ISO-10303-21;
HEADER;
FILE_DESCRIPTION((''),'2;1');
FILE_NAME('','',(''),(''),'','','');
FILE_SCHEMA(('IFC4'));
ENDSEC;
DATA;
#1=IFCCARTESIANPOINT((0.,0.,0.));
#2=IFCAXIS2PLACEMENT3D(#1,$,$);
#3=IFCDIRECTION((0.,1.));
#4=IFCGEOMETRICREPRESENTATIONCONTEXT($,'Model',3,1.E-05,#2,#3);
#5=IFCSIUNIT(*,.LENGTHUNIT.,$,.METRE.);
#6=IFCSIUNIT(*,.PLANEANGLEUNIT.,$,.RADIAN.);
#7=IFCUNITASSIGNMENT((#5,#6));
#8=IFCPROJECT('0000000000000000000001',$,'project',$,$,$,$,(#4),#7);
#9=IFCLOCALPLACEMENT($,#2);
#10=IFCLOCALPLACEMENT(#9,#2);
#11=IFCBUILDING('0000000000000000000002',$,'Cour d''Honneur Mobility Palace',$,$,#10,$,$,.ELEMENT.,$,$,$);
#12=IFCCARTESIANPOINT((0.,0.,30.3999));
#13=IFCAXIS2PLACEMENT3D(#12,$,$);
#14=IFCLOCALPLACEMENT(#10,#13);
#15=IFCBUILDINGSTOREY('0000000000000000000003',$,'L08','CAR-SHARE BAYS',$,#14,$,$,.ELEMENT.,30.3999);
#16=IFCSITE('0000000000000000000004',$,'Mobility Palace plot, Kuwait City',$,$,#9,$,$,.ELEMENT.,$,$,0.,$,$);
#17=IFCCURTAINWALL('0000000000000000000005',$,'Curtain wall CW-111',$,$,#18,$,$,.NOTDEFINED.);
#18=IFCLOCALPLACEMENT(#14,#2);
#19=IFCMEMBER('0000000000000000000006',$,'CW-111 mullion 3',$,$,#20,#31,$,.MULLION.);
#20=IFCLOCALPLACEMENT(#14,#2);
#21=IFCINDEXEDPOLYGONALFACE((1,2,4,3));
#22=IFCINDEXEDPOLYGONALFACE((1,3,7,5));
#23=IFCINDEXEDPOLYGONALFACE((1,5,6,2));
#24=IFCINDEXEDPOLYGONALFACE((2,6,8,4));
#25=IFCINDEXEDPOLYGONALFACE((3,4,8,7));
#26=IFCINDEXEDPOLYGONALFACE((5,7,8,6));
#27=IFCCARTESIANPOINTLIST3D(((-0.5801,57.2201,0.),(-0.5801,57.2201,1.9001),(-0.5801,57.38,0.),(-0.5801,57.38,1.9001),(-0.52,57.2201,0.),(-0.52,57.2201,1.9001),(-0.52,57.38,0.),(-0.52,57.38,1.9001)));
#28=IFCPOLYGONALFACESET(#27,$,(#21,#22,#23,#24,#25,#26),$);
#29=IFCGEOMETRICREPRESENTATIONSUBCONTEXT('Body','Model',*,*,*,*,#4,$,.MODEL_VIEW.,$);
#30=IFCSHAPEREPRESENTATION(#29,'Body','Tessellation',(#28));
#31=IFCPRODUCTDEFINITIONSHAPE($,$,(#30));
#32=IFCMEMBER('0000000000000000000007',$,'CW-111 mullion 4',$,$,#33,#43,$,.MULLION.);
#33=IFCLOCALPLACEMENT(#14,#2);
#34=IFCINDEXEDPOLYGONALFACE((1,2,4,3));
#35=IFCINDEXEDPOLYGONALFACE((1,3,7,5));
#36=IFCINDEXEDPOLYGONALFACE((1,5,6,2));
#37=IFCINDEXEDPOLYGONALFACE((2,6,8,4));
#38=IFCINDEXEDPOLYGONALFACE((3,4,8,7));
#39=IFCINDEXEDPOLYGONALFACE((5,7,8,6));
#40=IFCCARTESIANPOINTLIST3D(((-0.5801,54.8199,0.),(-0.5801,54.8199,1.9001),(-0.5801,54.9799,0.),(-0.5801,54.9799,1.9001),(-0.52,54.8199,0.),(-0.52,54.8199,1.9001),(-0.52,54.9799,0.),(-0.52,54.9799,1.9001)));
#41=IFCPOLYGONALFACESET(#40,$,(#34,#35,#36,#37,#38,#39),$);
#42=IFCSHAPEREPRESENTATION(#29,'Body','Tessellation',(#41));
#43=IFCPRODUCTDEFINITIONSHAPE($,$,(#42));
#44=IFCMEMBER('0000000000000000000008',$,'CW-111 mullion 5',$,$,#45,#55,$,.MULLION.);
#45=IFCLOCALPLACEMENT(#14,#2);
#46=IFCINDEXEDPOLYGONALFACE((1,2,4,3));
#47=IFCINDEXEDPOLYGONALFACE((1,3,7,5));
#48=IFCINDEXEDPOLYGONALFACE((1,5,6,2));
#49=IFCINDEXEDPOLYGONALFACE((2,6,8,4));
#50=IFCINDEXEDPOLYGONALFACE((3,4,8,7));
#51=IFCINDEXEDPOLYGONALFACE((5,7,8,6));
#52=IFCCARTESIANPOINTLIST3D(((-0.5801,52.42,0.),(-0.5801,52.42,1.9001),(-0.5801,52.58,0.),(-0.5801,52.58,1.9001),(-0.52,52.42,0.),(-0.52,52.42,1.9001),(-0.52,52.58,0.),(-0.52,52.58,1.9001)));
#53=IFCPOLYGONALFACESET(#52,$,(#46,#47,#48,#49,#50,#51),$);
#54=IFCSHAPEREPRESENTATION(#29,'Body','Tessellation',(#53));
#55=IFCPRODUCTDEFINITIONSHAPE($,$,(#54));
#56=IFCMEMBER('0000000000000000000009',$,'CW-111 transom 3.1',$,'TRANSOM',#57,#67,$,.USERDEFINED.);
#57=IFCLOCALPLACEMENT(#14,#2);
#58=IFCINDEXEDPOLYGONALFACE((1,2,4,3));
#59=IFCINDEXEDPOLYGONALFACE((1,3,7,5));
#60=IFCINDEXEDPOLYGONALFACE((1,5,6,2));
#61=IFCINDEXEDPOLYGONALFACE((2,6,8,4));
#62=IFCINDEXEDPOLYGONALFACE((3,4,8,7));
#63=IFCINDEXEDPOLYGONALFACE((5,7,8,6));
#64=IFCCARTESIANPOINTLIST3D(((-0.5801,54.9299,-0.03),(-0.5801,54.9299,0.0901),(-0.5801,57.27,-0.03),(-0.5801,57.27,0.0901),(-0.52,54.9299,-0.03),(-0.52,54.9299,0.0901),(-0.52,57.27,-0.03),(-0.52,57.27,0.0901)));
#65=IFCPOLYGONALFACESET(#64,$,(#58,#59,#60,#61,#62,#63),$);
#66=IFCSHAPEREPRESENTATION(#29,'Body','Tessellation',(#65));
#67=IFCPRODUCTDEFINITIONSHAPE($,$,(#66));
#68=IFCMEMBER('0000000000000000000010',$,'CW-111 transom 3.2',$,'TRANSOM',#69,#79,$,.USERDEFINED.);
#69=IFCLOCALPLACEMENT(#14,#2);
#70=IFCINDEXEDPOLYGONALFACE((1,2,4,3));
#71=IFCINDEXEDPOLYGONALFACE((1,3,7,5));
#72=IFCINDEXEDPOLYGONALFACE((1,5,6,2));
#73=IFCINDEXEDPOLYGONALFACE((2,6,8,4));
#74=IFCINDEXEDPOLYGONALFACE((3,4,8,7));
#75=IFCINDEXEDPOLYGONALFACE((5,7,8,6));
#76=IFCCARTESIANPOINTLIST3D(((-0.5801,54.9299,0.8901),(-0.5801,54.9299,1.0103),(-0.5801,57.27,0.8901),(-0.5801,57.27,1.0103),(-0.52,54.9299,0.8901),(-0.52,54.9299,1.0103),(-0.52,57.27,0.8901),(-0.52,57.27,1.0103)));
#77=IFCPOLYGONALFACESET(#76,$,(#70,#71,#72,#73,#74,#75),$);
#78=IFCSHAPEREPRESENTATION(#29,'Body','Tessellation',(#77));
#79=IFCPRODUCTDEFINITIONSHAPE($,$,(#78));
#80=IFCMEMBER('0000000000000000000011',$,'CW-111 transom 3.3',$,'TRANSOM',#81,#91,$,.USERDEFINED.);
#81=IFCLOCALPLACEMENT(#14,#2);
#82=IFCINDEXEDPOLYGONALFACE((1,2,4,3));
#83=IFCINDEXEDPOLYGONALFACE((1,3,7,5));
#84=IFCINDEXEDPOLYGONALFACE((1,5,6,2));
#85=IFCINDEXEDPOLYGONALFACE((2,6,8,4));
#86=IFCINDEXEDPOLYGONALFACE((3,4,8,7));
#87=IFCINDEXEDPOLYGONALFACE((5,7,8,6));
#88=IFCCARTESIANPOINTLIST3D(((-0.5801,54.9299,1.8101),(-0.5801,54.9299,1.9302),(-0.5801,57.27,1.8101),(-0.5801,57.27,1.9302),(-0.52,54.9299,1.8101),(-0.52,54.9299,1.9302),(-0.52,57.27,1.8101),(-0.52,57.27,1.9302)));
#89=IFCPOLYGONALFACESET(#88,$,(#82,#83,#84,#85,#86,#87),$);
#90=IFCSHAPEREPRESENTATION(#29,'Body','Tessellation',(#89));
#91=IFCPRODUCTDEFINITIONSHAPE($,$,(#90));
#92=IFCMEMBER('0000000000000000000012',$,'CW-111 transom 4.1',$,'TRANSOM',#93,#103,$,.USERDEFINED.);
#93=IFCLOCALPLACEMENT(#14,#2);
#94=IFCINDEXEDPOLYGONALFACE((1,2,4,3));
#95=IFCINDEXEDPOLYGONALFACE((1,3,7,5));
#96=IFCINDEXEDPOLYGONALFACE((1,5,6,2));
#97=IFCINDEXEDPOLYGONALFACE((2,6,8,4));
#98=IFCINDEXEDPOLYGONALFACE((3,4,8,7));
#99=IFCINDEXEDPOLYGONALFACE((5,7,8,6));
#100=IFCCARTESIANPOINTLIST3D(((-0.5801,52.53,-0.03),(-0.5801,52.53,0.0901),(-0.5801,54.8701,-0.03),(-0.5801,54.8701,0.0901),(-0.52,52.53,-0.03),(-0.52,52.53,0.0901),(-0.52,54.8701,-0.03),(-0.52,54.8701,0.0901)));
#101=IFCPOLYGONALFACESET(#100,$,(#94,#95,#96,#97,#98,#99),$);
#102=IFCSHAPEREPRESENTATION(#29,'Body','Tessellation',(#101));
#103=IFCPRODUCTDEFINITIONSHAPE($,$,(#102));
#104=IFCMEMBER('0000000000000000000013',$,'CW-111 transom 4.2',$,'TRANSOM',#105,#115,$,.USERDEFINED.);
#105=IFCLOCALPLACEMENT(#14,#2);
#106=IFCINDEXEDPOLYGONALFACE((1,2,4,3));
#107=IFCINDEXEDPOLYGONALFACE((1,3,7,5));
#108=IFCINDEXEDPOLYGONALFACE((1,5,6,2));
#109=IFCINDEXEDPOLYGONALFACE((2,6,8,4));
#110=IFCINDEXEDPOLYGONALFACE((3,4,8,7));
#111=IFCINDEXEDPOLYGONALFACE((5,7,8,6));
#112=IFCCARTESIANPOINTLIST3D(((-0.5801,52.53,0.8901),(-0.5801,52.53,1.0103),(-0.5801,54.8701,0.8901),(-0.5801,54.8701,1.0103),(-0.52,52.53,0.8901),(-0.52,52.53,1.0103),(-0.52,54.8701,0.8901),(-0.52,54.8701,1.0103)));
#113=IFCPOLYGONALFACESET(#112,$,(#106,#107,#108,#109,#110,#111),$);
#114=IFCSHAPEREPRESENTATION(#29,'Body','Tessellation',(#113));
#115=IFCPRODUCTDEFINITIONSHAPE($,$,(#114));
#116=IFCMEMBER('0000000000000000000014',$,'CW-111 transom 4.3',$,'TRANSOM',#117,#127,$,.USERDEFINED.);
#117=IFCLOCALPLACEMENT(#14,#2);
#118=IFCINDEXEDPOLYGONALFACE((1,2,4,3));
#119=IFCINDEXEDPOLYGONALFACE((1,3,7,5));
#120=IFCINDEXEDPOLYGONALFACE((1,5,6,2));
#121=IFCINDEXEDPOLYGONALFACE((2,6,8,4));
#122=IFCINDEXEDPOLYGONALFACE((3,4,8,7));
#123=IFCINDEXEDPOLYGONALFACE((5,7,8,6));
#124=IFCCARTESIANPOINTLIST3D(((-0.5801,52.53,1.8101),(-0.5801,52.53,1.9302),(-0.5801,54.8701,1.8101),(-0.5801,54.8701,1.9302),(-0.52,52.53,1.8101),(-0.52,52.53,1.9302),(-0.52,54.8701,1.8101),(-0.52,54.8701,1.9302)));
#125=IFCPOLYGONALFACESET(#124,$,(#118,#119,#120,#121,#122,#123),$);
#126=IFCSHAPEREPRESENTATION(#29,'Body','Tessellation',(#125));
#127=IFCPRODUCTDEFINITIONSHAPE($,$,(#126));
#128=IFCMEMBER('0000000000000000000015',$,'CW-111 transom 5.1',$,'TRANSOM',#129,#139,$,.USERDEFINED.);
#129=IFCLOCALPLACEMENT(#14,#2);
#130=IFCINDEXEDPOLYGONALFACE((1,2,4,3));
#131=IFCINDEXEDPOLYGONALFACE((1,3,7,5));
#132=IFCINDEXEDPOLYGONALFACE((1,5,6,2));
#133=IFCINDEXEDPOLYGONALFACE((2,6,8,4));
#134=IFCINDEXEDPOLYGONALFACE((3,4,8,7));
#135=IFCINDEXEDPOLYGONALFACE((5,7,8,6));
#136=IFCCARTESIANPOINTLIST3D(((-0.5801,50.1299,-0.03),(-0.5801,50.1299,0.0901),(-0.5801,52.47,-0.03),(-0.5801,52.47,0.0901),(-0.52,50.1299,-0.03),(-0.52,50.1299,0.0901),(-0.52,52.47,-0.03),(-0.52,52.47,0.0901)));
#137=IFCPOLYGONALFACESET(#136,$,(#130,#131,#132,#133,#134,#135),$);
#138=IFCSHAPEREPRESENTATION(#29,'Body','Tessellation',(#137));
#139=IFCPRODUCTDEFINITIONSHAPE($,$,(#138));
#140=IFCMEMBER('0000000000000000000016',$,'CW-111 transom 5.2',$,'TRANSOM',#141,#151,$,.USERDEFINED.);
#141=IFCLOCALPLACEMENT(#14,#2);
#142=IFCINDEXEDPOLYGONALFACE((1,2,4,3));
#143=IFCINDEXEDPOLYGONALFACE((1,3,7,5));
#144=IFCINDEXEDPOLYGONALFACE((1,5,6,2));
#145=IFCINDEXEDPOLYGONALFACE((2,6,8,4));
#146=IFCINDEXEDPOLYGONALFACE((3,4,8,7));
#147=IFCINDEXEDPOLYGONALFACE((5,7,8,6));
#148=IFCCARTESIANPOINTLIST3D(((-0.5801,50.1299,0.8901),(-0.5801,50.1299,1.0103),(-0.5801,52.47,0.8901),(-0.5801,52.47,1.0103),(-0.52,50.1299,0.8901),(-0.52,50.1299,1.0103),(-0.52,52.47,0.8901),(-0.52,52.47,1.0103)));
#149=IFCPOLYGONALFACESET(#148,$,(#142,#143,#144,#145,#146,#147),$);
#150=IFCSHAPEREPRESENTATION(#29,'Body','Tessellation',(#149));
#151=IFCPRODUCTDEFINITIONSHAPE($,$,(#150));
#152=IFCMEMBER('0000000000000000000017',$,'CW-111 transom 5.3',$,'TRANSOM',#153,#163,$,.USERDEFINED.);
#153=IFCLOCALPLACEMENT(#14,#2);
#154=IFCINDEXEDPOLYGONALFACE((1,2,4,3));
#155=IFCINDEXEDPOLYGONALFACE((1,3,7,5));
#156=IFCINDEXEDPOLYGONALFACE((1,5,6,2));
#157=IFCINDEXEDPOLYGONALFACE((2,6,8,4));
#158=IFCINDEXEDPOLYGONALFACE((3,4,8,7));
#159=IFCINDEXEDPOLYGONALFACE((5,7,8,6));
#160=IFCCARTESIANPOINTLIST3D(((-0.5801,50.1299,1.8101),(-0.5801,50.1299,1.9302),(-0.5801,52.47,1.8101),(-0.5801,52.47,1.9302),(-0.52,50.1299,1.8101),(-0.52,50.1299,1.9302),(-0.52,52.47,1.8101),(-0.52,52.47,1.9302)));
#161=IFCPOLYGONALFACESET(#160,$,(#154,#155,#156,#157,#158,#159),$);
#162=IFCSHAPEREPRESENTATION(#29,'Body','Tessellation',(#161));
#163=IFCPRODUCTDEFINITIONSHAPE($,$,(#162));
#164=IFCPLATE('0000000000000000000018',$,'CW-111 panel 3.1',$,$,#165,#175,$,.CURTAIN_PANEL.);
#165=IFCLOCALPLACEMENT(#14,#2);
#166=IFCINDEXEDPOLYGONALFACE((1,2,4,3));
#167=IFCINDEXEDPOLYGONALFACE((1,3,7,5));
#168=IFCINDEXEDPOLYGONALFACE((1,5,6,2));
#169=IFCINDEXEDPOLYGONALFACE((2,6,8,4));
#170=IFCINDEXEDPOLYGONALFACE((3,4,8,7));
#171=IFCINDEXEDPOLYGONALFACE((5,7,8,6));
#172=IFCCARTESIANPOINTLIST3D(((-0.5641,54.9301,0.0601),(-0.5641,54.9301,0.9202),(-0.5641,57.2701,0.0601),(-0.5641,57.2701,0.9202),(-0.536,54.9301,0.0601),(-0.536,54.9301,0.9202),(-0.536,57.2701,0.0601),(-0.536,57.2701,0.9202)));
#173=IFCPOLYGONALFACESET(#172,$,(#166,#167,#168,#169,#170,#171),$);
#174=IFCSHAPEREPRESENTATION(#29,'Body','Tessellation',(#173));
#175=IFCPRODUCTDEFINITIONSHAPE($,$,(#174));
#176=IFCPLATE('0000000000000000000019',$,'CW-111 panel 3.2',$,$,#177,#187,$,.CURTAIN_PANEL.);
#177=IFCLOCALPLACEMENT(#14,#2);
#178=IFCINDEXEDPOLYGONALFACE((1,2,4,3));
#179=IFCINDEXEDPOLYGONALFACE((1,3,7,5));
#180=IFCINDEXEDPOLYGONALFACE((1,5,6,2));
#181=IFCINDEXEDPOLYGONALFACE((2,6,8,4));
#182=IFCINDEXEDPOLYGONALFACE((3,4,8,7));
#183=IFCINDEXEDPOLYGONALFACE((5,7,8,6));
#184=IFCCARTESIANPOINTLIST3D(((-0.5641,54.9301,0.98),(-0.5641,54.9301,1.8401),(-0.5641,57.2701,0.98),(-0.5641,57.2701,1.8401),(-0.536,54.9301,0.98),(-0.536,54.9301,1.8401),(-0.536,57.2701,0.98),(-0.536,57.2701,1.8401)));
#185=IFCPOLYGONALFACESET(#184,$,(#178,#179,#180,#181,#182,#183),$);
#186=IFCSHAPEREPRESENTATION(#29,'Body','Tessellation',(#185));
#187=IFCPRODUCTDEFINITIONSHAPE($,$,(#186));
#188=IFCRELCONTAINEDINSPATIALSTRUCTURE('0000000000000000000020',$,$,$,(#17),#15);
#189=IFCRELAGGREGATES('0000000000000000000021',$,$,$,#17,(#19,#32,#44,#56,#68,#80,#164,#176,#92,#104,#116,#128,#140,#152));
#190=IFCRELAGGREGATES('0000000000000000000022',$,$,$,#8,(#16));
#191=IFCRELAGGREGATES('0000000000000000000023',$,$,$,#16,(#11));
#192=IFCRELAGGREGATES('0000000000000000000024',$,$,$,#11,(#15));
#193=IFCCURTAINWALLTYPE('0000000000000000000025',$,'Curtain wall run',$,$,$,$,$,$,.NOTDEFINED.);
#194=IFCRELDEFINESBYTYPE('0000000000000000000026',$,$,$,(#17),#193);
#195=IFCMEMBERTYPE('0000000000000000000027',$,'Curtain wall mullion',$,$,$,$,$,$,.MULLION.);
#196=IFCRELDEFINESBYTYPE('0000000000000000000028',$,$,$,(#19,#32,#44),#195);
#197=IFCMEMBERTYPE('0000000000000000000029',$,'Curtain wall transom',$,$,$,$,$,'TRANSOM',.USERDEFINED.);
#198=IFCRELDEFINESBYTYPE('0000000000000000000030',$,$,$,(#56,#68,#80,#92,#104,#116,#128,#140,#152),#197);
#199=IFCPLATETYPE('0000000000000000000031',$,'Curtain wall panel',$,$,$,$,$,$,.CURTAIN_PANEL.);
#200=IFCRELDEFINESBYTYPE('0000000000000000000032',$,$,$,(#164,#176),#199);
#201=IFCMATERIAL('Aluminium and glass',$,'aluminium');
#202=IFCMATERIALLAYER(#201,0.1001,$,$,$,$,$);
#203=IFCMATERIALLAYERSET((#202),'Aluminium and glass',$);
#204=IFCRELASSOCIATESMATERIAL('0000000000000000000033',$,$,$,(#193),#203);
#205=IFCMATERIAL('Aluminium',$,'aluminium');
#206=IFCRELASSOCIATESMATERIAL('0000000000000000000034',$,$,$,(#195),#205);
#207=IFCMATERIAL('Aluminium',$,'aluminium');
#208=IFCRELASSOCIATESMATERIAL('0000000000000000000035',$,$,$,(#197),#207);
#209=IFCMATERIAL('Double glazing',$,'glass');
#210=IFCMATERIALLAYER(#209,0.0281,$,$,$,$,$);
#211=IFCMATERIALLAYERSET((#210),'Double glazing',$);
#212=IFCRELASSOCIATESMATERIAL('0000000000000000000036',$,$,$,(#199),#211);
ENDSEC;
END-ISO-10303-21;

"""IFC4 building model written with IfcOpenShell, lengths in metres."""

from ifc_helpers import new_model, si_unit, direction, frame, origin, origin_2d, place, context, subcontext, project, spatial, rectangle, extrude, material, layer, layer_set, material_profile, profile_set, type_object, element, aggregate, save


model = new_model("IFC4")

# Units and contexts
model_context = context("Model", 3, precision=1e-05, world=origin(), true_north=direction((0.0, 1.0)))
body_context = subcontext(model_context, "Body", "Model", "MODEL_VIEW")
ifc_project = project(units=[si_unit("LENGTHUNIT", "METRE"), si_unit("PLANEANGLEUNIT", "RADIAN")], contexts=[model_context])

# Site, building, storey
site_placement = place(None, origin())
site = spatial("IfcSite", under=ifc_project, at=site_placement, Name="Mobility Palace plot, Kuwait City", CompositionType="ELEMENT", RefElevation=0.0)
building_placement = place(site_placement, origin())
building = spatial("IfcBuilding", under=site, at=building_placement, Name="Cour d'Honneur Mobility Palace", CompositionType="ELEMENT")
storey_placement = place(building_placement, frame((0.0, 0.0, 30.3999)))
storey = spatial("IfcBuildingStorey", under=building, at=storey_placement, Name="L08", Description="CAR-SHARE BAYS", CompositionType="ELEMENT", Elevation=30.3999)

# Curtain wall, members, plates
ifc_material_1 = material(Name="Aluminium and glass", Category="aluminium")
ifc_layer_1 = layer(ifc_material_1, 0.1001)
ifc_layer_set_1 = layer_set([ifc_layer_1], Name="Aluminium and glass")
curtain_wall_type = type_object("IfcCurtainWallType", Name="Curtain wall run", PredefinedType="NOTDEFINED", material=ifc_layer_set_1)
curtain_wall_placement = place(storey_placement, origin())
curtain_wall = element("IfcCurtainWall", 1, at=curtain_wall_placement, inside=storey, type_object=curtain_wall_type, Name="Curtain wall CW-111", PredefinedType="NOTDEFINED")
ifc_material_2 = material(Name="Aluminium", Category="aluminium")
ifc_material_profile_1 = material_profile(ifc_material_2, rectangle(XDim=0.0601, YDim=0.1599, at=origin_2d()), Name="Curtain wall mullion")
ifc_profile_set_1 = profile_set([ifc_material_profile_1], Name="Aluminium")
member_type_1 = type_object("IfcMemberType", Name="Curtain wall mullion", PredefinedType="MULLION", material=ifc_profile_set_1)
member_1_placement = place(storey_placement, frame((-0.55, 57.3, 0.0), z_axis=(0.0, 0.0, 1.0), x_axis=(1.0, 0.0, 0.0)))
member_1 = element("IfcMember", 2, at=member_1_placement, type_object=member_type_1, Name="CW-111 mullion 3", PredefinedType="MULLION", context=body_context, shape_type="SweptSolid", body=[
    extrude(rectangle(XDim=0.0601, YDim=0.1599, at=origin_2d()), origin(), (0.0, 0.0, 1.0), 1.9001),
])
member_2_placement = place(storey_placement, frame((-0.55, 54.8999, 0.0), z_axis=(0.0, 0.0, 1.0), x_axis=(1.0, 0.0, 0.0)))
member_2 = element("IfcMember", 3, at=member_2_placement, type_object=member_type_1, Name="CW-111 mullion 4", PredefinedType="MULLION", context=body_context, shape_type="SweptSolid", body=[
    extrude(rectangle(XDim=0.0601, YDim=0.1599, at=origin_2d()), origin(), (0.0, 0.0, 1.0), 1.9001),
])
member_3_placement = place(storey_placement, frame((-0.55, 52.5, 0.0), z_axis=(0.0, 0.0, 1.0), x_axis=(1.0, 0.0, 0.0)))
member_3 = element("IfcMember", 4, at=member_3_placement, type_object=member_type_1, Name="CW-111 mullion 5", PredefinedType="MULLION", context=body_context, shape_type="SweptSolid", body=[
    extrude(rectangle(XDim=0.0601, YDim=0.1599, at=origin_2d()), origin(), (0.0, 0.0, 1.0), 1.9001),
])
ifc_material_3 = material(Name="Aluminium", Category="aluminium")
ifc_material_profile_2 = material_profile(ifc_material_3, rectangle(XDim=0.0601, YDim=0.1201, at=origin_2d()), Name="Curtain wall transom")
ifc_profile_set_2 = profile_set([ifc_material_profile_2], Name="Aluminium")
member_type_2 = type_object("IfcMemberType", Name="Curtain wall transom", ElementType="TRANSOM", PredefinedType="USERDEFINED", material=ifc_profile_set_2)
member_4_placement = place(storey_placement, frame((-0.55, 57.27, 0.03), z_axis=(0.0, -1.0, 0.0), x_axis=(1.0, 0.0, 0.0)))
member_4 = element("IfcMember", 5, at=member_4_placement, type_object=member_type_2, Name="CW-111 transom 3.1", ObjectType="TRANSOM", PredefinedType="USERDEFINED", context=body_context, shape_type="SweptSolid", body=[
    extrude(rectangle(XDim=0.0601, YDim=0.1201, at=origin_2d()), origin(), (0.0, 0.0, 1.0), 2.3401),
])
member_5_placement = place(storey_placement, frame((-0.55, 57.27, 0.9502), z_axis=(0.0, -1.0, 0.0), x_axis=(1.0, 0.0, 0.0)))
member_5 = element("IfcMember", 6, at=member_5_placement, type_object=member_type_2, Name="CW-111 transom 3.2", ObjectType="TRANSOM", PredefinedType="USERDEFINED", context=body_context, shape_type="SweptSolid", body=[
    extrude(rectangle(XDim=0.0601, YDim=0.1201, at=origin_2d()), origin(), (0.0, 0.0, 1.0), 2.3401),
])
member_6_placement = place(storey_placement, frame((-0.55, 57.27, 1.8701), z_axis=(0.0, -1.0, 0.0), x_axis=(1.0, 0.0, 0.0)))
member_6 = element("IfcMember", 7, at=member_6_placement, type_object=member_type_2, Name="CW-111 transom 3.3", ObjectType="TRANSOM", PredefinedType="USERDEFINED", context=body_context, shape_type="SweptSolid", body=[
    extrude(rectangle(XDim=0.0601, YDim=0.1201, at=origin_2d()), origin(), (0.0, 0.0, 1.0), 2.3401),
])
member_7_placement = place(storey_placement, frame((-0.55, 54.8701, 0.03), z_axis=(0.0, -1.0, 0.0), x_axis=(1.0, 0.0, 0.0)))
member_7 = element("IfcMember", 8, at=member_7_placement, type_object=member_type_2, Name="CW-111 transom 4.1", ObjectType="TRANSOM", PredefinedType="USERDEFINED", context=body_context, shape_type="SweptSolid", body=[
    extrude(rectangle(XDim=0.0601, YDim=0.1201, at=origin_2d()), origin(), (0.0, 0.0, 1.0), 2.3401),
])
member_8_placement = place(storey_placement, frame((-0.55, 54.8701, 0.9502), z_axis=(0.0, -1.0, 0.0), x_axis=(1.0, 0.0, 0.0)))
member_8 = element("IfcMember", 9, at=member_8_placement, type_object=member_type_2, Name="CW-111 transom 4.2", ObjectType="TRANSOM", PredefinedType="USERDEFINED", context=body_context, shape_type="SweptSolid", body=[
    extrude(rectangle(XDim=0.0601, YDim=0.1201, at=origin_2d()), origin(), (0.0, 0.0, 1.0), 2.3401),
])
member_9_placement = place(storey_placement, frame((-0.55, 54.8701, 1.8701), z_axis=(0.0, -1.0, 0.0), x_axis=(1.0, 0.0, 0.0)))
member_9 = element("IfcMember", 10, at=member_9_placement, type_object=member_type_2, Name="CW-111 transom 4.3", ObjectType="TRANSOM", PredefinedType="USERDEFINED", context=body_context, shape_type="SweptSolid", body=[
    extrude(rectangle(XDim=0.0601, YDim=0.1201, at=origin_2d()), origin(), (0.0, 0.0, 1.0), 2.3401),
])
member_10_placement = place(storey_placement, frame((-0.55, 52.47, 0.03), z_axis=(0.0, -1.0, 0.0), x_axis=(1.0, 0.0, 0.0)))
member_10 = element("IfcMember", 11, at=member_10_placement, type_object=member_type_2, Name="CW-111 transom 5.1", ObjectType="TRANSOM", PredefinedType="USERDEFINED", context=body_context, shape_type="SweptSolid", body=[
    extrude(rectangle(XDim=0.0601, YDim=0.1201, at=origin_2d()), origin(), (0.0, 0.0, 1.0), 2.3401),
])
member_11_placement = place(storey_placement, frame((-0.55, 52.47, 0.9502), z_axis=(0.0, -1.0, 0.0), x_axis=(1.0, 0.0, 0.0)))
member_11 = element("IfcMember", 12, at=member_11_placement, type_object=member_type_2, Name="CW-111 transom 5.2", ObjectType="TRANSOM", PredefinedType="USERDEFINED", context=body_context, shape_type="SweptSolid", body=[
    extrude(rectangle(XDim=0.0601, YDim=0.1201, at=origin_2d()), origin(), (0.0, 0.0, 1.0), 2.3401),
])
member_12_placement = place(storey_placement, frame((-0.55, 52.47, 1.8701), z_axis=(0.0, -1.0, 0.0), x_axis=(1.0, 0.0, 0.0)))
member_12 = element("IfcMember", 13, at=member_12_placement, type_object=member_type_2, Name="CW-111 transom 5.3", ObjectType="TRANSOM", PredefinedType="USERDEFINED", context=body_context, shape_type="SweptSolid", body=[
    extrude(rectangle(XDim=0.0601, YDim=0.1201, at=origin_2d()), origin(), (0.0, 0.0, 1.0), 2.3401),
])
ifc_material_4 = material(Name="Double glazing", Category="glass")
ifc_layer_2 = layer(ifc_material_4, 0.0281)
ifc_layer_set_2 = layer_set([ifc_layer_2], Name="Double glazing")
plate_type = type_object("IfcPlateType", Name="Curtain wall panel", PredefinedType="CURTAIN_PANEL", material=ifc_layer_set_2)
plate_1_placement = place(storey_placement, frame((-0.55, 56.1001, 0.0601), z_axis=(0.0, 0.0, 1.0), x_axis=(0.0, -1.0, 0.0)))
plate_1 = element("IfcPlate", 14, at=plate_1_placement, type_object=plate_type, Name="CW-111 panel 3.1", PredefinedType="CURTAIN_PANEL", context=body_context, shape_type="SweptSolid", body=[
    extrude(rectangle(XDim=2.3401, YDim=0.0281, at=origin_2d()), origin(), (0.0, 0.0, 1.0), 0.8601),
])
plate_2_placement = place(storey_placement, frame((-0.55, 56.1001, 0.98), z_axis=(0.0, 0.0, 1.0), x_axis=(0.0, -1.0, 0.0)))
plate_2 = element("IfcPlate", 15, at=plate_2_placement, type_object=plate_type, Name="CW-111 panel 3.2", PredefinedType="CURTAIN_PANEL", context=body_context, shape_type="SweptSolid", body=[
    extrude(rectangle(XDim=2.3401, YDim=0.0281, at=origin_2d()), origin(), (0.0, 0.0, 1.0), 0.8601),
])
aggregate(curtain_wall, [member_1, member_2, member_3, member_4, member_5, member_6, plate_1, plate_2, member_7, member_8, member_9, member_10, member_11, member_12])

save(model, "model.ifc")
